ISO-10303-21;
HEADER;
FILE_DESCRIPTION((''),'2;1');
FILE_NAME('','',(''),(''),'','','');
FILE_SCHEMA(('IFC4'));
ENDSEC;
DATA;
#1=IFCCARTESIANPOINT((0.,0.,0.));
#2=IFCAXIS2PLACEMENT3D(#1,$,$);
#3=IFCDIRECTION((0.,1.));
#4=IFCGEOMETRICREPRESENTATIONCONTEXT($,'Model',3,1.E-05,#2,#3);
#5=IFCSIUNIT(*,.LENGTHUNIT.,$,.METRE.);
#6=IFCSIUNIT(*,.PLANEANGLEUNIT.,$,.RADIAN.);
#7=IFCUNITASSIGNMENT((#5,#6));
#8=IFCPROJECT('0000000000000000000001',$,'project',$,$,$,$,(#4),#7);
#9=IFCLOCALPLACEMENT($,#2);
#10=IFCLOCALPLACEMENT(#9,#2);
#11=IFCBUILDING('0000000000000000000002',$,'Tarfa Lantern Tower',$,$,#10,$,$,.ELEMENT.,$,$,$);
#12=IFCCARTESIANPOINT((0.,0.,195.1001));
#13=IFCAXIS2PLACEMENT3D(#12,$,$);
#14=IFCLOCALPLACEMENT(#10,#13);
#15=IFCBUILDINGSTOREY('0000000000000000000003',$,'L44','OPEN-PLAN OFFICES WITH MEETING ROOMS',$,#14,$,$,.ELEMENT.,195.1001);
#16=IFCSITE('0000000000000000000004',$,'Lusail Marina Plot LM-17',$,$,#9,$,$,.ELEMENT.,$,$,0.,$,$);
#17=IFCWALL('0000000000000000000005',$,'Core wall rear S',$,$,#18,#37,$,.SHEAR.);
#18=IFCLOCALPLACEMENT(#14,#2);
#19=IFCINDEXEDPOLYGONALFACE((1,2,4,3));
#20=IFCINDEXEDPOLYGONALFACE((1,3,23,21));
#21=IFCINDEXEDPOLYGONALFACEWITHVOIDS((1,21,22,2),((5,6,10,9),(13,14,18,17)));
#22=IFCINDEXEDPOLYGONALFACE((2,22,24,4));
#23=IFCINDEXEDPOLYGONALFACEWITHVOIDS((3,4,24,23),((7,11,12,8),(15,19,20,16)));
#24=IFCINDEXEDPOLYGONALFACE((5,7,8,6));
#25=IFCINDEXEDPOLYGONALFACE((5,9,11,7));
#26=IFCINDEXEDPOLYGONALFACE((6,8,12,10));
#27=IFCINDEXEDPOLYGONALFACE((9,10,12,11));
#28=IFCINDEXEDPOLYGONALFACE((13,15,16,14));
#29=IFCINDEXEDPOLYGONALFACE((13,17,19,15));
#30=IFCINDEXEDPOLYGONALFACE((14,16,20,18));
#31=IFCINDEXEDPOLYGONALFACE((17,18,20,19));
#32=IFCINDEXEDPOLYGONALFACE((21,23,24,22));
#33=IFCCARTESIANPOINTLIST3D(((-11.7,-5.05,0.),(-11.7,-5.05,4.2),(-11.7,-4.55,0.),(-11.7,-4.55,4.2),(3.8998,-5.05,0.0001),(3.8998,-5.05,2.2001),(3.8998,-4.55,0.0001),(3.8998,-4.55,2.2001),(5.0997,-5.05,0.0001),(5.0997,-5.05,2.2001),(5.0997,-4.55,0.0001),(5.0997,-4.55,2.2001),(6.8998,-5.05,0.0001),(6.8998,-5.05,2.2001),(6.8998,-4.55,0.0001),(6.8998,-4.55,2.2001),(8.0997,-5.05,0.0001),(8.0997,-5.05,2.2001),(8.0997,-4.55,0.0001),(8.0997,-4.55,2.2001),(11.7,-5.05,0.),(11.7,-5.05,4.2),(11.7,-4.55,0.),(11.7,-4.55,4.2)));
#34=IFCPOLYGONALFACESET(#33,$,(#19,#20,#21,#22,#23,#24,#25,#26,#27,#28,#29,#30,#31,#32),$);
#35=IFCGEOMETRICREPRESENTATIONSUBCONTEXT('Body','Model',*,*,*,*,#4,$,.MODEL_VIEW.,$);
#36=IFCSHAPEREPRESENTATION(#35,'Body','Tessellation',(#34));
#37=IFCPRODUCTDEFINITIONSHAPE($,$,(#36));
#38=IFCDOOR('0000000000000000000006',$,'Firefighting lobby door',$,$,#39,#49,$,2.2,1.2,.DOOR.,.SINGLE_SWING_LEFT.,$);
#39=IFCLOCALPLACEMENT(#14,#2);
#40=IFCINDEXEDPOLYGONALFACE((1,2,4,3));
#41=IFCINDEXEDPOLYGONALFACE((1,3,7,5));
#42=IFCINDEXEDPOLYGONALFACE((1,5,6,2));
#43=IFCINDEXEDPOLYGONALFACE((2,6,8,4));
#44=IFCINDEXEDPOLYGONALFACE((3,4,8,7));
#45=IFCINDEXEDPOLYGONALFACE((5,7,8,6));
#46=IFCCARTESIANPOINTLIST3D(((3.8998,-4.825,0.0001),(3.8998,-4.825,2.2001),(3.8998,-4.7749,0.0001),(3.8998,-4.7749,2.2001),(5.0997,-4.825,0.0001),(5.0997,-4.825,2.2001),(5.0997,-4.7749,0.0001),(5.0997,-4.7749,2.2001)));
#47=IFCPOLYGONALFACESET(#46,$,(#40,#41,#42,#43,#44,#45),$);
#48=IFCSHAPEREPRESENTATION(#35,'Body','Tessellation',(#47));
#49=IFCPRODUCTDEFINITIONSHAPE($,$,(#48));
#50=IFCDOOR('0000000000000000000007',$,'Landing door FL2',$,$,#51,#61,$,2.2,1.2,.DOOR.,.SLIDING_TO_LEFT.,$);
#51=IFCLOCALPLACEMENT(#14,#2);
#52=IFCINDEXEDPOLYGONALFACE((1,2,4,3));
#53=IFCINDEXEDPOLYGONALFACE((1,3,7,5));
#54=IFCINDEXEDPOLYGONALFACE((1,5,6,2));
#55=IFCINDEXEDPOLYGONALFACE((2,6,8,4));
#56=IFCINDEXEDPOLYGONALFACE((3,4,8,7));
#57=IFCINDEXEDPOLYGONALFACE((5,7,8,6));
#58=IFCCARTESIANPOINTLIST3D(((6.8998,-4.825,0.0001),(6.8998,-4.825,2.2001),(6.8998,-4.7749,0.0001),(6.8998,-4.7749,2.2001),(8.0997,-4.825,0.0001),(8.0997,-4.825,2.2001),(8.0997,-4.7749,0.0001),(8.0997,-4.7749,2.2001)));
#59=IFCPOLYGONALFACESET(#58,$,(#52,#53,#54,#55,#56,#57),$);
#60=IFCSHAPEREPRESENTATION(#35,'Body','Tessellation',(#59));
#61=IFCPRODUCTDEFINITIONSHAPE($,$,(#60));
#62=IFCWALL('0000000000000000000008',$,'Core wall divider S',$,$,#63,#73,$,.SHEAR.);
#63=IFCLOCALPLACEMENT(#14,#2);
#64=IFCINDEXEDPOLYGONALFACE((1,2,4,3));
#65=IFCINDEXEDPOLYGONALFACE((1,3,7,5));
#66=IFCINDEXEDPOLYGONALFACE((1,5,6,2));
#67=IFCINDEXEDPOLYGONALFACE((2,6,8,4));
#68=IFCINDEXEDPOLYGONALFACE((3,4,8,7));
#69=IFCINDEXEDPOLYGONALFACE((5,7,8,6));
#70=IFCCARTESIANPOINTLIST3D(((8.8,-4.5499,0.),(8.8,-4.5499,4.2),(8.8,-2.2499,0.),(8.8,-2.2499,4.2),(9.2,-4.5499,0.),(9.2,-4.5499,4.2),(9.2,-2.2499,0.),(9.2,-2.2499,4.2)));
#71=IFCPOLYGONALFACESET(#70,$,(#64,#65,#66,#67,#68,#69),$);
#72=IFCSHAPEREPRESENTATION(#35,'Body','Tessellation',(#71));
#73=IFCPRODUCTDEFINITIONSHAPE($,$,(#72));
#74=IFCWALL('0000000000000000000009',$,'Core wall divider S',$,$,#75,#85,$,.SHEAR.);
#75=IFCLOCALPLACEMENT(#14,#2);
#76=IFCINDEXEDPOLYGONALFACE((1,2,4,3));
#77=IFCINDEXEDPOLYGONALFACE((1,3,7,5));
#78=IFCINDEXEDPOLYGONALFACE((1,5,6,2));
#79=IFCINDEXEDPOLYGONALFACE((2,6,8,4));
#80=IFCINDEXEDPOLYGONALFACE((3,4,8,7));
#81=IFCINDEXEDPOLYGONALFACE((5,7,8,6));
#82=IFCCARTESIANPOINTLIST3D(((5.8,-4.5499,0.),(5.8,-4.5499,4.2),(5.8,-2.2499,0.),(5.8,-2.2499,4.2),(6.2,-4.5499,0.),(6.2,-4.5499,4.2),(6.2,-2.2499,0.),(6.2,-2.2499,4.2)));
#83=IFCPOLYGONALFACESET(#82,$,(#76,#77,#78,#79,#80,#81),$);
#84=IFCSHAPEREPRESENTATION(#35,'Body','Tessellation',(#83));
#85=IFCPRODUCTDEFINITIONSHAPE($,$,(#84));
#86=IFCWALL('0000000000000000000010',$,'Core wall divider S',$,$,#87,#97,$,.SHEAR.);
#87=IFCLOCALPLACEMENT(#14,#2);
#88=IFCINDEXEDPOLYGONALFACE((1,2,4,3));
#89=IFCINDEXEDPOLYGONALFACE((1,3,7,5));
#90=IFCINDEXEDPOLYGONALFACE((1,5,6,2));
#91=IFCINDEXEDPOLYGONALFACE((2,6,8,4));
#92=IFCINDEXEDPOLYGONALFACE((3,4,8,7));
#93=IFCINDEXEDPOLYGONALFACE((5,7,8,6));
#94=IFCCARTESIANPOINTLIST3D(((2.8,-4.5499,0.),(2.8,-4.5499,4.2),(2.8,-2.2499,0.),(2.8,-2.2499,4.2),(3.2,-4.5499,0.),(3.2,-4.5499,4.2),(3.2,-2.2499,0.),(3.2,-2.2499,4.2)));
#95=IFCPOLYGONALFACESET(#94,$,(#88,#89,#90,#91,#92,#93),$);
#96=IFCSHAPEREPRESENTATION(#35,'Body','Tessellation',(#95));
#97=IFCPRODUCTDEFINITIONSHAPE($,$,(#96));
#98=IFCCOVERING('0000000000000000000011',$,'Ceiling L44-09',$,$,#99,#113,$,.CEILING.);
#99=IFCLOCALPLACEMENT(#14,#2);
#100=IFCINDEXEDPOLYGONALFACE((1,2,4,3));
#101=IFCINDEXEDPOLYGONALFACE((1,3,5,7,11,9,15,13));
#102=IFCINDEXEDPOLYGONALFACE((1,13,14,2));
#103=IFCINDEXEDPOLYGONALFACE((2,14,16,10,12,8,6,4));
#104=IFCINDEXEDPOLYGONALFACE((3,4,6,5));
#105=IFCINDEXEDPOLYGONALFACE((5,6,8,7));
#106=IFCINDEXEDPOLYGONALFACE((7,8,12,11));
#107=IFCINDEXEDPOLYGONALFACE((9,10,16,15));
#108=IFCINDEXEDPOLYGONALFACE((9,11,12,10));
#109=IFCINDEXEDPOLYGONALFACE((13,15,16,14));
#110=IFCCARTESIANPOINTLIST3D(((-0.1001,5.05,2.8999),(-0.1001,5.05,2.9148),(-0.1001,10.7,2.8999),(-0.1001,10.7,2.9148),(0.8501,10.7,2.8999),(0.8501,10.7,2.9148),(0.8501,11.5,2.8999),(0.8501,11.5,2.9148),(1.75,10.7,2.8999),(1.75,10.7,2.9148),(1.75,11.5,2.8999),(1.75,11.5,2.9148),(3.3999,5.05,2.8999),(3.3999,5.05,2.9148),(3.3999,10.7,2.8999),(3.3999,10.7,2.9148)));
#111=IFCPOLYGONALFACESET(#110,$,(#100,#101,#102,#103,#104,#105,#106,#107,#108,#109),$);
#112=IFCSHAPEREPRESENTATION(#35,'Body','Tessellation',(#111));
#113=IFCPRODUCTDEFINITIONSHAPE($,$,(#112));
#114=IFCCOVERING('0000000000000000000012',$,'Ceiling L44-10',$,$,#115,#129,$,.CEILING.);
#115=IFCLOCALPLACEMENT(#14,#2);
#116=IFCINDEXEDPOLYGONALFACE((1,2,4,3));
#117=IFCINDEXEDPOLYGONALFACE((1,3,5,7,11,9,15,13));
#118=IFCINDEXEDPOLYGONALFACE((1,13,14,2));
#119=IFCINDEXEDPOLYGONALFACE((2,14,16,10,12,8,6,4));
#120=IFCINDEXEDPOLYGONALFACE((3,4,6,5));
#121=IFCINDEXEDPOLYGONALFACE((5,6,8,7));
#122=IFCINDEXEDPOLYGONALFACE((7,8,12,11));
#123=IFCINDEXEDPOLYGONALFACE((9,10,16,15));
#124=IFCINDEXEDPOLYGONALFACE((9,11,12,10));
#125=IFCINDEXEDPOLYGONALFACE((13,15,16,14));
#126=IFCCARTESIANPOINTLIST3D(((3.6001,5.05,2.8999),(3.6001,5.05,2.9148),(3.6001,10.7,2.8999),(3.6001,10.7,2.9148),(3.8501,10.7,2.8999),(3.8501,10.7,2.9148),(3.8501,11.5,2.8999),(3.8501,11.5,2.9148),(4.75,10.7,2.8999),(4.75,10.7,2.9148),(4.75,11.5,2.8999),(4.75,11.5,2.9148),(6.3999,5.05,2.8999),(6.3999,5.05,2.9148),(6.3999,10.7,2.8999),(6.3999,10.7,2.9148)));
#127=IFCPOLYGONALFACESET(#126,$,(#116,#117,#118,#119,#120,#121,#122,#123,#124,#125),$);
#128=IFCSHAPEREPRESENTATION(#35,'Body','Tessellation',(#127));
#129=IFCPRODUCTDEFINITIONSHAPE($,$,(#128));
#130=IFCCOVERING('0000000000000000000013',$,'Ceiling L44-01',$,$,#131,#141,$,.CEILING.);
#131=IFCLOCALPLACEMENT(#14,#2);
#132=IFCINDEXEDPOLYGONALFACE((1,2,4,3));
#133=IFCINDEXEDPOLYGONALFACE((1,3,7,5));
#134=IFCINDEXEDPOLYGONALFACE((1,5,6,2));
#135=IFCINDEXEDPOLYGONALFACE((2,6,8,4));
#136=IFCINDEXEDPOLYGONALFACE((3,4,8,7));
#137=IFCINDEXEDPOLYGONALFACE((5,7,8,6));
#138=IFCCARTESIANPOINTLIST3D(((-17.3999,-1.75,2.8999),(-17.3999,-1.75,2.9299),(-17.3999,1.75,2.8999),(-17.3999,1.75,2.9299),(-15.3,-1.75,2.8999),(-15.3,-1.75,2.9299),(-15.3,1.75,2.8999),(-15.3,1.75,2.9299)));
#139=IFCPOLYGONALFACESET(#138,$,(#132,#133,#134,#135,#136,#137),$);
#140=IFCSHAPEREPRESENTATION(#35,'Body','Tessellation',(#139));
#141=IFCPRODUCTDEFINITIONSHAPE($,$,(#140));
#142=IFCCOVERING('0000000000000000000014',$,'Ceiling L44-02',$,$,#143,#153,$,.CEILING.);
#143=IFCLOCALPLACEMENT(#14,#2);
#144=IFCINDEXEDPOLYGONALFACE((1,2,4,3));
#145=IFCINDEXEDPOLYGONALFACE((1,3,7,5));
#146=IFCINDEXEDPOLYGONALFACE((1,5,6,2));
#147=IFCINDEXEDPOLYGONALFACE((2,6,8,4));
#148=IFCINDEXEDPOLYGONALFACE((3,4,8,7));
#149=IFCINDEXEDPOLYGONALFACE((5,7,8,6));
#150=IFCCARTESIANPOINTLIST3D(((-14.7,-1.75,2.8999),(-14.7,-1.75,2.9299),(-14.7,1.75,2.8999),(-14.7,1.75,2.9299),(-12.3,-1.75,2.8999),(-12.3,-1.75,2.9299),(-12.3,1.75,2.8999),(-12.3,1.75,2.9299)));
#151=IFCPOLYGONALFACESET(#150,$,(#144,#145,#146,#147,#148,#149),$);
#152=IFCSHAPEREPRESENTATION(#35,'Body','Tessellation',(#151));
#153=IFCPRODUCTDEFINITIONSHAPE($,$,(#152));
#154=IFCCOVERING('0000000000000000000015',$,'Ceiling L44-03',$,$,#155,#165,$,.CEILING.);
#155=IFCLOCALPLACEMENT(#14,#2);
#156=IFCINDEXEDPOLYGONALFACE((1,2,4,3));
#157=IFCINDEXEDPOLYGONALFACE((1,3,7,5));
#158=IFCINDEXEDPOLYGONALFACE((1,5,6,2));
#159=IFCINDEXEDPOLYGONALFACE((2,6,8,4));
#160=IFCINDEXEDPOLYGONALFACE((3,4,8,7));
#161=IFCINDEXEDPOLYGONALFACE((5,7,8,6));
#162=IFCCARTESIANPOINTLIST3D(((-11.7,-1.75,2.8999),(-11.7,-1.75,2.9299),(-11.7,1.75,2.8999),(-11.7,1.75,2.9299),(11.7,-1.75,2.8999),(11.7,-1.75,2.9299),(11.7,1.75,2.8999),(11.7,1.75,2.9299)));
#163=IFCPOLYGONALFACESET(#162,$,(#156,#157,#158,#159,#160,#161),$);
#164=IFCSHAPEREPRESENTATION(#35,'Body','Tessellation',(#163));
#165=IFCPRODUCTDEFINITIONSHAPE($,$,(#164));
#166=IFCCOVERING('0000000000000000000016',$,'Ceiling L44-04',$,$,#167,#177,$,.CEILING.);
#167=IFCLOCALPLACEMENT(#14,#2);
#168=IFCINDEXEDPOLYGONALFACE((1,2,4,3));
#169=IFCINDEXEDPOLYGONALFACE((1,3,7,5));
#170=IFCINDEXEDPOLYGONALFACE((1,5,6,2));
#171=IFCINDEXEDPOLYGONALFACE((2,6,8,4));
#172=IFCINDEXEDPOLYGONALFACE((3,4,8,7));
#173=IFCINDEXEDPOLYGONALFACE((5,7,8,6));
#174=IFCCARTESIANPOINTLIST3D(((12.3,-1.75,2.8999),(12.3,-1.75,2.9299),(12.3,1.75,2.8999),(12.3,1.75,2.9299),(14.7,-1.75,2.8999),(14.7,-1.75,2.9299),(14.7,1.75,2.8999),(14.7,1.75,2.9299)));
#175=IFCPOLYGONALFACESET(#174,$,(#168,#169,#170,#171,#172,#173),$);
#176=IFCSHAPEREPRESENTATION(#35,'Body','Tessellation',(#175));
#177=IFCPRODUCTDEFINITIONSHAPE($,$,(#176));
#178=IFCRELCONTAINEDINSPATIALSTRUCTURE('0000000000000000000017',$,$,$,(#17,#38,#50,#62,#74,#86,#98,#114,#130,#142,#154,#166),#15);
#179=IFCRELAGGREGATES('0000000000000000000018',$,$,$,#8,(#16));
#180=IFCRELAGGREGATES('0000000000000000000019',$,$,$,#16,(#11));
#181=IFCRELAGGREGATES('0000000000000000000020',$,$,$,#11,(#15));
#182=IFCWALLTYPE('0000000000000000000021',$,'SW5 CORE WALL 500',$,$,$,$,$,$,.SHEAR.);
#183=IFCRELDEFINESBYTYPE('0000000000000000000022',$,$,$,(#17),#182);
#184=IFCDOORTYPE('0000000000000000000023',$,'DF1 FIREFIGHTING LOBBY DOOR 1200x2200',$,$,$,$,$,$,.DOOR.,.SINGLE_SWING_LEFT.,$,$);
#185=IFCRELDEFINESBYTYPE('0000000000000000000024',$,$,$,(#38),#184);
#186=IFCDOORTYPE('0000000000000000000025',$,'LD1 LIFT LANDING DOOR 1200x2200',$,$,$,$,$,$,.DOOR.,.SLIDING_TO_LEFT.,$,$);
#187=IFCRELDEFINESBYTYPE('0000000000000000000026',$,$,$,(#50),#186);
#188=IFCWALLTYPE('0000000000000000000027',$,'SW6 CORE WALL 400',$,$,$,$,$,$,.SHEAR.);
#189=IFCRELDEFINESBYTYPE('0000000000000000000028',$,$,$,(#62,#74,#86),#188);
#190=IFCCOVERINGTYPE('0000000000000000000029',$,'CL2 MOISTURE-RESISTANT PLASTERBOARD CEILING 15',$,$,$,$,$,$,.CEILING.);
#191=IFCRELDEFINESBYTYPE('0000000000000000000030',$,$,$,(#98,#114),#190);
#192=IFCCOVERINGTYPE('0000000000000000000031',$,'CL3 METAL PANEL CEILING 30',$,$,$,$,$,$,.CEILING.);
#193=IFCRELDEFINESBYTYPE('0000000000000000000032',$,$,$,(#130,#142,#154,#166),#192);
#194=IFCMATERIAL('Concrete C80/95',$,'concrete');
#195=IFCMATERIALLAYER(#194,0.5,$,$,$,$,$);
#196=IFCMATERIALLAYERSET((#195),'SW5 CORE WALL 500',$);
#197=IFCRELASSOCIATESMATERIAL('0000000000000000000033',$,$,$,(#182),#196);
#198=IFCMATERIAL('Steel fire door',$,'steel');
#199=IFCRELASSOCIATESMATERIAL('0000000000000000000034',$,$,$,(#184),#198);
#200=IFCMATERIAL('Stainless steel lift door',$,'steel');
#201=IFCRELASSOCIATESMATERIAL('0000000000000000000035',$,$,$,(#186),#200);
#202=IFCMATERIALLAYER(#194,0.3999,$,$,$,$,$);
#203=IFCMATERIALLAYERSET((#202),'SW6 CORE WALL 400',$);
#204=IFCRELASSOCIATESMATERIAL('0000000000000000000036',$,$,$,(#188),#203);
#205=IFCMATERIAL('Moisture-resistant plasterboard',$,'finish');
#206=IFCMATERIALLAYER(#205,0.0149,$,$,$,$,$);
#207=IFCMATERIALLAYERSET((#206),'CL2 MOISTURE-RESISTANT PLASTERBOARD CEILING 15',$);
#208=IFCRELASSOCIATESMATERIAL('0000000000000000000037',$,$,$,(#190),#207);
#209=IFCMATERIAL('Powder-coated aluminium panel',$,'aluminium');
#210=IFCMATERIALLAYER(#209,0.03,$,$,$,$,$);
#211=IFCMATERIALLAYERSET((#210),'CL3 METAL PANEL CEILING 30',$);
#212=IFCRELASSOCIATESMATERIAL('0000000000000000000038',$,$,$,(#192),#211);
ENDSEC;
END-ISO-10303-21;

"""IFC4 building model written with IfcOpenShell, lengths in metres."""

from ifc_helpers import new_model, si_unit, direction, frame, frame_2d, origin, place, context, subcontext, project, spatial, polyline, rectangle, outline, extrude, material, layer, layer_set, type_object, element, fill, save


model = new_model("IFC4")

# Units and contexts
model_context = context("Model", 3, precision=1e-05, world=origin(), true_north=direction((0.0, 1.0)))
body_context = subcontext(model_context, "Body", "Model", "MODEL_VIEW")
ifc_project = project(units=[si_unit("LENGTHUNIT", "METRE"), si_unit("PLANEANGLEUNIT", "RADIAN")], contexts=[model_context])

# Site, building, storey
site_placement = place(None, origin())
site = spatial("IfcSite", under=ifc_project, at=site_placement, Name="Lusail Marina Plot LM-17", CompositionType="ELEMENT", RefElevation=0.0)
building_placement = place(site_placement, origin())
building = spatial("IfcBuilding", under=site, at=building_placement, Name="Tarfa Lantern Tower", CompositionType="ELEMENT")
storey_placement = place(building_placement, frame((0.0, 0.0, 195.1001)))
storey = spatial("IfcBuildingStorey", under=building, at=storey_placement, Name="L44", Description="OPEN-PLAN OFFICES WITH MEETING ROOMS", CompositionType="ELEMENT", Elevation=195.1001)

# Shared definitions
ifc_material_1 = material(Name="Concrete C80/95", Category="concrete")

# Shared definitions
ifc_material_2 = material(Name="Steel fire door", Category="steel")

# Shared definitions
ifc_layer_1 = layer(ifc_material_1, 0.5)
ifc_layer_set_1 = layer_set([ifc_layer_1], Name="SW5 CORE WALL 500")
wall_type_1 = type_object("IfcWallType", Name="SW5 CORE WALL 500", PredefinedType="SHEAR", material=ifc_layer_set_1)

# Wall, openings, doors
ifc_material_3 = material(Name="Stainless steel lift door", Category="steel")
wall_1_placement = place(storey_placement, frame((11.7, -4.8, 0.0), z_axis=(0.0, 0.0, 1.0), x_axis=(-1.0, 0.0, 0.0)))
wall_1 = element("IfcWall", 1, at=wall_1_placement, inside=storey, type_object=wall_type_1, Name="Core wall rear S", PredefinedType="SHEAR", context=body_context, shape_type="SweptSolid", body=[
    extrude(rectangle(XDim=23.3999, YDim=0.5, at=frame_2d((11.7, 0.0))), origin(), (0.0, 0.0, 1.0), 4.2),
])
opening_1_placement = place(wall_1_placement, frame((6.6001, 0.0, 0.0)))
opening_1 = element("IfcOpeningElement", 2, at=opening_1_placement, cuts=wall_1, PredefinedType="OPENING", context=body_context, shape_type="SweptSolid", body=[
    extrude(rectangle(XDim=1.2, YDim=2.2, at=frame_2d((0.6001, 1.1001))), frame((0.0, 0.26, 0.0), z_axis=(0.0, -1.0, 0.0), x_axis=(1.0, 0.0, 0.0)), (0.0, 0.0, 1.0), 0.52),
])
opening_2_placement = place(wall_1_placement, frame((3.6001, 0.0, 0.0)))
opening_2 = element("IfcOpeningElement", 3, at=opening_2_placement, cuts=wall_1, PredefinedType="OPENING", context=body_context, shape_type="SweptSolid", body=[
    extrude(rectangle(XDim=1.2, YDim=2.2, at=frame_2d((0.6001, 1.1001))), frame((0.0, 0.26, 0.0), z_axis=(0.0, -1.0, 0.0), x_axis=(1.0, 0.0, 0.0)), (0.0, 0.0, 1.0), 0.52),
])
door_type_1 = type_object("IfcDoorType", Name="DF1 FIREFIGHTING LOBBY DOOR 1200x2200", OperationType="SINGLE_SWING_LEFT", PredefinedType="DOOR", material=ifc_material_2)
door_1_placement = place(opening_1_placement, origin())
door_1 = element("IfcDoor", 4, at=door_1_placement, inside=storey, type_object=door_type_1, Name="Firefighting lobby door", OperationType="SINGLE_SWING_LEFT", OverallHeight=2.2, OverallWidth=1.2, PredefinedType="DOOR", context=body_context, shape_type="SweptSolid", body=[
    extrude(rectangle(XDim=1.2, YDim=2.2, at=frame_2d((0.6001, 1.1001))), frame((0.0, 0.0249, 0.0), z_axis=(0.0, -1.0, 0.0), x_axis=(1.0, 0.0, 0.0)), (0.0, 0.0, 1.0), 0.05),
])
fill(opening_1, door_1)
door_type_2 = type_object("IfcDoorType", Name="LD1 LIFT LANDING DOOR 1200x2200", OperationType="SLIDING_TO_LEFT", PredefinedType="DOOR", material=ifc_material_3)
door_2_placement = place(opening_2_placement, origin())
door_2 = element("IfcDoor", 5, at=door_2_placement, inside=storey, type_object=door_type_2, Name="Landing door FL2", OperationType="SLIDING_TO_LEFT", OverallHeight=2.2, OverallWidth=1.2, PredefinedType="DOOR", context=body_context, shape_type="SweptSolid", body=[
    extrude(rectangle(XDim=1.2, YDim=2.2, at=frame_2d((0.6001, 1.1001))), frame((0.0, 0.0249, 0.0), z_axis=(0.0, -1.0, 0.0), x_axis=(1.0, 0.0, 0.0)), (0.0, 0.0, 1.0), 0.05),
])
fill(opening_2, door_2)

# Walls
ifc_layer_2 = layer(ifc_material_1, 0.3999)
ifc_layer_set_2 = layer_set([ifc_layer_2], Name="SW6 CORE WALL 400")
wall_type_2 = type_object("IfcWallType", Name="SW6 CORE WALL 400", PredefinedType="SHEAR", material=ifc_layer_set_2)
for number, where, z_axis, x_axis, name in (
    (6, (9.0, -2.25, 0.0), (0.0, 0.0, 1.0), (0.0, -1.0, 0.0), "Core wall divider S"),
    (7, (6.0, -2.25, 0.0), (0.0, 0.0, 1.0), (0.0, -1.0, 0.0), "Core wall divider S"),
    (8, (3.0, -2.25, 0.0), (0.0, 0.0, 1.0), (0.0, -1.0, 0.0), "Core wall divider S"),
):
    element("IfcWall", number, at=place(storey_placement, frame(where, z_axis=z_axis, x_axis=x_axis)), inside=storey, type_object=wall_type_2, Name=name, PredefinedType="SHEAR", context=body_context, shape_type="SweptSolid", body=[
        extrude(rectangle(XDim=2.3, YDim=0.3999, at=frame_2d((1.1499, 0.0))), origin(), (0.0, 0.0, 1.0), 4.2),
    ])

# Coverings
ifc_material_4 = material(Name="Moisture-resistant plasterboard", Category="finish")
ifc_layer_3 = layer(ifc_material_4, 0.0149)
ifc_layer_set_3 = layer_set([ifc_layer_3], Name="CL2 MOISTURE-RESISTANT PLASTERBOARD CEILING 15")
covering_type_1 = type_object("IfcCoveringType", Name="CL2 MOISTURE-RESISTANT PLASTERBOARD CEILING 15", PredefinedType="CEILING", material=ifc_layer_set_3)
covering_1_placement = place(storey_placement, frame((0.0, 0.0, 2.8999)))
element("IfcCovering", 9, at=covering_1_placement, inside=storey, type_object=covering_type_1, Name="Ceiling L44-09", PredefinedType="CEILING", context=body_context, shape_type="SweptSolid", body=[
    extrude(outline(polyline([(0.8501, 10.7), (-0.1001, 10.7), (-0.1001, 5.05), (3.3999, 5.05), (3.3999, 10.7), (1.75, 10.7), (1.75, 11.5), (0.8501, 11.5), (0.8501, 11.5), (0.8501, 10.7)])), origin(), (0.0, 0.0, 1.0), 0.0149),
])
covering_2_placement = place(storey_placement, frame((0.0, 0.0, 2.8999)))
element("IfcCovering", 10, at=covering_2_placement, inside=storey, type_object=covering_type_1, Name="Ceiling L44-10", PredefinedType="CEILING", context=body_context, shape_type="SweptSolid", body=[
    extrude(outline(polyline([(3.6001, 5.05), (6.3999, 5.05), (6.3999, 10.7), (4.75, 10.7), (4.75, 11.5), (3.8501, 11.5), (3.8501, 10.7), (3.6001, 10.7), (3.6001, 5.05)])), origin(), (0.0, 0.0, 1.0), 0.0149),
])
ifc_material_5 = material(Name="Powder-coated aluminium panel", Category="aluminium")
ifc_layer_4 = layer(ifc_material_5, 0.03)
ifc_layer_set_4 = layer_set([ifc_layer_4], Name="CL3 METAL PANEL CEILING 30")
covering_type_2 = type_object("IfcCoveringType", Name="CL3 METAL PANEL CEILING 30", PredefinedType="CEILING", material=ifc_layer_set_4)
covering_3_placement = place(storey_placement, frame((0.0, 0.0, 2.8999)))
element("IfcCovering", 11, at=covering_3_placement, inside=storey, type_object=covering_type_2, Name="Ceiling L44-01", PredefinedType="CEILING", context=body_context, shape_type="SweptSolid", body=[
    extrude(outline(polyline([(-17.3999, -1.75), (-15.3, -1.75), (-15.3, 1.75), (-17.3999, 1.75), (-17.3999, -1.75)])), origin(), (0.0, 0.0, 1.0), 0.03),
])
covering_4_placement = place(storey_placement, frame((0.0, 0.0, 2.8999)))
element("IfcCovering", 12, at=covering_4_placement, inside=storey, type_object=covering_type_2, Name="Ceiling L44-02", PredefinedType="CEILING", context=body_context, shape_type="SweptSolid", body=[
    extrude(outline(polyline([(-14.7, -1.75), (-12.3, -1.75), (-12.3, 1.75), (-14.7, 1.75), (-14.7, -1.75)])), origin(), (0.0, 0.0, 1.0), 0.03),
])
covering_5_placement = place(storey_placement, frame((0.0, 0.0, 2.8999)))
element("IfcCovering", 13, at=covering_5_placement, inside=storey, type_object=covering_type_2, Name="Ceiling L44-03", PredefinedType="CEILING", context=body_context, shape_type="SweptSolid", body=[
    extrude(outline(polyline([(-11.7, -1.75), (11.7, -1.75), (11.7, 1.75), (-11.7, 1.75), (-11.7, -1.75)])), origin(), (0.0, 0.0, 1.0), 0.03),
])
covering_6_placement = place(storey_placement, frame((0.0, 0.0, 2.8999)))
element("IfcCovering", 14, at=covering_6_placement, inside=storey, type_object=covering_type_2, Name="Ceiling L44-04", PredefinedType="CEILING", context=body_context, shape_type="SweptSolid", body=[
    extrude(outline(polyline([(12.3, -1.75), (14.7, -1.75), (14.7, 1.75), (12.3, 1.75), (12.3, -1.75)])), origin(), (0.0, 0.0, 1.0), 0.03),
])

save(model, "model.ifc")
